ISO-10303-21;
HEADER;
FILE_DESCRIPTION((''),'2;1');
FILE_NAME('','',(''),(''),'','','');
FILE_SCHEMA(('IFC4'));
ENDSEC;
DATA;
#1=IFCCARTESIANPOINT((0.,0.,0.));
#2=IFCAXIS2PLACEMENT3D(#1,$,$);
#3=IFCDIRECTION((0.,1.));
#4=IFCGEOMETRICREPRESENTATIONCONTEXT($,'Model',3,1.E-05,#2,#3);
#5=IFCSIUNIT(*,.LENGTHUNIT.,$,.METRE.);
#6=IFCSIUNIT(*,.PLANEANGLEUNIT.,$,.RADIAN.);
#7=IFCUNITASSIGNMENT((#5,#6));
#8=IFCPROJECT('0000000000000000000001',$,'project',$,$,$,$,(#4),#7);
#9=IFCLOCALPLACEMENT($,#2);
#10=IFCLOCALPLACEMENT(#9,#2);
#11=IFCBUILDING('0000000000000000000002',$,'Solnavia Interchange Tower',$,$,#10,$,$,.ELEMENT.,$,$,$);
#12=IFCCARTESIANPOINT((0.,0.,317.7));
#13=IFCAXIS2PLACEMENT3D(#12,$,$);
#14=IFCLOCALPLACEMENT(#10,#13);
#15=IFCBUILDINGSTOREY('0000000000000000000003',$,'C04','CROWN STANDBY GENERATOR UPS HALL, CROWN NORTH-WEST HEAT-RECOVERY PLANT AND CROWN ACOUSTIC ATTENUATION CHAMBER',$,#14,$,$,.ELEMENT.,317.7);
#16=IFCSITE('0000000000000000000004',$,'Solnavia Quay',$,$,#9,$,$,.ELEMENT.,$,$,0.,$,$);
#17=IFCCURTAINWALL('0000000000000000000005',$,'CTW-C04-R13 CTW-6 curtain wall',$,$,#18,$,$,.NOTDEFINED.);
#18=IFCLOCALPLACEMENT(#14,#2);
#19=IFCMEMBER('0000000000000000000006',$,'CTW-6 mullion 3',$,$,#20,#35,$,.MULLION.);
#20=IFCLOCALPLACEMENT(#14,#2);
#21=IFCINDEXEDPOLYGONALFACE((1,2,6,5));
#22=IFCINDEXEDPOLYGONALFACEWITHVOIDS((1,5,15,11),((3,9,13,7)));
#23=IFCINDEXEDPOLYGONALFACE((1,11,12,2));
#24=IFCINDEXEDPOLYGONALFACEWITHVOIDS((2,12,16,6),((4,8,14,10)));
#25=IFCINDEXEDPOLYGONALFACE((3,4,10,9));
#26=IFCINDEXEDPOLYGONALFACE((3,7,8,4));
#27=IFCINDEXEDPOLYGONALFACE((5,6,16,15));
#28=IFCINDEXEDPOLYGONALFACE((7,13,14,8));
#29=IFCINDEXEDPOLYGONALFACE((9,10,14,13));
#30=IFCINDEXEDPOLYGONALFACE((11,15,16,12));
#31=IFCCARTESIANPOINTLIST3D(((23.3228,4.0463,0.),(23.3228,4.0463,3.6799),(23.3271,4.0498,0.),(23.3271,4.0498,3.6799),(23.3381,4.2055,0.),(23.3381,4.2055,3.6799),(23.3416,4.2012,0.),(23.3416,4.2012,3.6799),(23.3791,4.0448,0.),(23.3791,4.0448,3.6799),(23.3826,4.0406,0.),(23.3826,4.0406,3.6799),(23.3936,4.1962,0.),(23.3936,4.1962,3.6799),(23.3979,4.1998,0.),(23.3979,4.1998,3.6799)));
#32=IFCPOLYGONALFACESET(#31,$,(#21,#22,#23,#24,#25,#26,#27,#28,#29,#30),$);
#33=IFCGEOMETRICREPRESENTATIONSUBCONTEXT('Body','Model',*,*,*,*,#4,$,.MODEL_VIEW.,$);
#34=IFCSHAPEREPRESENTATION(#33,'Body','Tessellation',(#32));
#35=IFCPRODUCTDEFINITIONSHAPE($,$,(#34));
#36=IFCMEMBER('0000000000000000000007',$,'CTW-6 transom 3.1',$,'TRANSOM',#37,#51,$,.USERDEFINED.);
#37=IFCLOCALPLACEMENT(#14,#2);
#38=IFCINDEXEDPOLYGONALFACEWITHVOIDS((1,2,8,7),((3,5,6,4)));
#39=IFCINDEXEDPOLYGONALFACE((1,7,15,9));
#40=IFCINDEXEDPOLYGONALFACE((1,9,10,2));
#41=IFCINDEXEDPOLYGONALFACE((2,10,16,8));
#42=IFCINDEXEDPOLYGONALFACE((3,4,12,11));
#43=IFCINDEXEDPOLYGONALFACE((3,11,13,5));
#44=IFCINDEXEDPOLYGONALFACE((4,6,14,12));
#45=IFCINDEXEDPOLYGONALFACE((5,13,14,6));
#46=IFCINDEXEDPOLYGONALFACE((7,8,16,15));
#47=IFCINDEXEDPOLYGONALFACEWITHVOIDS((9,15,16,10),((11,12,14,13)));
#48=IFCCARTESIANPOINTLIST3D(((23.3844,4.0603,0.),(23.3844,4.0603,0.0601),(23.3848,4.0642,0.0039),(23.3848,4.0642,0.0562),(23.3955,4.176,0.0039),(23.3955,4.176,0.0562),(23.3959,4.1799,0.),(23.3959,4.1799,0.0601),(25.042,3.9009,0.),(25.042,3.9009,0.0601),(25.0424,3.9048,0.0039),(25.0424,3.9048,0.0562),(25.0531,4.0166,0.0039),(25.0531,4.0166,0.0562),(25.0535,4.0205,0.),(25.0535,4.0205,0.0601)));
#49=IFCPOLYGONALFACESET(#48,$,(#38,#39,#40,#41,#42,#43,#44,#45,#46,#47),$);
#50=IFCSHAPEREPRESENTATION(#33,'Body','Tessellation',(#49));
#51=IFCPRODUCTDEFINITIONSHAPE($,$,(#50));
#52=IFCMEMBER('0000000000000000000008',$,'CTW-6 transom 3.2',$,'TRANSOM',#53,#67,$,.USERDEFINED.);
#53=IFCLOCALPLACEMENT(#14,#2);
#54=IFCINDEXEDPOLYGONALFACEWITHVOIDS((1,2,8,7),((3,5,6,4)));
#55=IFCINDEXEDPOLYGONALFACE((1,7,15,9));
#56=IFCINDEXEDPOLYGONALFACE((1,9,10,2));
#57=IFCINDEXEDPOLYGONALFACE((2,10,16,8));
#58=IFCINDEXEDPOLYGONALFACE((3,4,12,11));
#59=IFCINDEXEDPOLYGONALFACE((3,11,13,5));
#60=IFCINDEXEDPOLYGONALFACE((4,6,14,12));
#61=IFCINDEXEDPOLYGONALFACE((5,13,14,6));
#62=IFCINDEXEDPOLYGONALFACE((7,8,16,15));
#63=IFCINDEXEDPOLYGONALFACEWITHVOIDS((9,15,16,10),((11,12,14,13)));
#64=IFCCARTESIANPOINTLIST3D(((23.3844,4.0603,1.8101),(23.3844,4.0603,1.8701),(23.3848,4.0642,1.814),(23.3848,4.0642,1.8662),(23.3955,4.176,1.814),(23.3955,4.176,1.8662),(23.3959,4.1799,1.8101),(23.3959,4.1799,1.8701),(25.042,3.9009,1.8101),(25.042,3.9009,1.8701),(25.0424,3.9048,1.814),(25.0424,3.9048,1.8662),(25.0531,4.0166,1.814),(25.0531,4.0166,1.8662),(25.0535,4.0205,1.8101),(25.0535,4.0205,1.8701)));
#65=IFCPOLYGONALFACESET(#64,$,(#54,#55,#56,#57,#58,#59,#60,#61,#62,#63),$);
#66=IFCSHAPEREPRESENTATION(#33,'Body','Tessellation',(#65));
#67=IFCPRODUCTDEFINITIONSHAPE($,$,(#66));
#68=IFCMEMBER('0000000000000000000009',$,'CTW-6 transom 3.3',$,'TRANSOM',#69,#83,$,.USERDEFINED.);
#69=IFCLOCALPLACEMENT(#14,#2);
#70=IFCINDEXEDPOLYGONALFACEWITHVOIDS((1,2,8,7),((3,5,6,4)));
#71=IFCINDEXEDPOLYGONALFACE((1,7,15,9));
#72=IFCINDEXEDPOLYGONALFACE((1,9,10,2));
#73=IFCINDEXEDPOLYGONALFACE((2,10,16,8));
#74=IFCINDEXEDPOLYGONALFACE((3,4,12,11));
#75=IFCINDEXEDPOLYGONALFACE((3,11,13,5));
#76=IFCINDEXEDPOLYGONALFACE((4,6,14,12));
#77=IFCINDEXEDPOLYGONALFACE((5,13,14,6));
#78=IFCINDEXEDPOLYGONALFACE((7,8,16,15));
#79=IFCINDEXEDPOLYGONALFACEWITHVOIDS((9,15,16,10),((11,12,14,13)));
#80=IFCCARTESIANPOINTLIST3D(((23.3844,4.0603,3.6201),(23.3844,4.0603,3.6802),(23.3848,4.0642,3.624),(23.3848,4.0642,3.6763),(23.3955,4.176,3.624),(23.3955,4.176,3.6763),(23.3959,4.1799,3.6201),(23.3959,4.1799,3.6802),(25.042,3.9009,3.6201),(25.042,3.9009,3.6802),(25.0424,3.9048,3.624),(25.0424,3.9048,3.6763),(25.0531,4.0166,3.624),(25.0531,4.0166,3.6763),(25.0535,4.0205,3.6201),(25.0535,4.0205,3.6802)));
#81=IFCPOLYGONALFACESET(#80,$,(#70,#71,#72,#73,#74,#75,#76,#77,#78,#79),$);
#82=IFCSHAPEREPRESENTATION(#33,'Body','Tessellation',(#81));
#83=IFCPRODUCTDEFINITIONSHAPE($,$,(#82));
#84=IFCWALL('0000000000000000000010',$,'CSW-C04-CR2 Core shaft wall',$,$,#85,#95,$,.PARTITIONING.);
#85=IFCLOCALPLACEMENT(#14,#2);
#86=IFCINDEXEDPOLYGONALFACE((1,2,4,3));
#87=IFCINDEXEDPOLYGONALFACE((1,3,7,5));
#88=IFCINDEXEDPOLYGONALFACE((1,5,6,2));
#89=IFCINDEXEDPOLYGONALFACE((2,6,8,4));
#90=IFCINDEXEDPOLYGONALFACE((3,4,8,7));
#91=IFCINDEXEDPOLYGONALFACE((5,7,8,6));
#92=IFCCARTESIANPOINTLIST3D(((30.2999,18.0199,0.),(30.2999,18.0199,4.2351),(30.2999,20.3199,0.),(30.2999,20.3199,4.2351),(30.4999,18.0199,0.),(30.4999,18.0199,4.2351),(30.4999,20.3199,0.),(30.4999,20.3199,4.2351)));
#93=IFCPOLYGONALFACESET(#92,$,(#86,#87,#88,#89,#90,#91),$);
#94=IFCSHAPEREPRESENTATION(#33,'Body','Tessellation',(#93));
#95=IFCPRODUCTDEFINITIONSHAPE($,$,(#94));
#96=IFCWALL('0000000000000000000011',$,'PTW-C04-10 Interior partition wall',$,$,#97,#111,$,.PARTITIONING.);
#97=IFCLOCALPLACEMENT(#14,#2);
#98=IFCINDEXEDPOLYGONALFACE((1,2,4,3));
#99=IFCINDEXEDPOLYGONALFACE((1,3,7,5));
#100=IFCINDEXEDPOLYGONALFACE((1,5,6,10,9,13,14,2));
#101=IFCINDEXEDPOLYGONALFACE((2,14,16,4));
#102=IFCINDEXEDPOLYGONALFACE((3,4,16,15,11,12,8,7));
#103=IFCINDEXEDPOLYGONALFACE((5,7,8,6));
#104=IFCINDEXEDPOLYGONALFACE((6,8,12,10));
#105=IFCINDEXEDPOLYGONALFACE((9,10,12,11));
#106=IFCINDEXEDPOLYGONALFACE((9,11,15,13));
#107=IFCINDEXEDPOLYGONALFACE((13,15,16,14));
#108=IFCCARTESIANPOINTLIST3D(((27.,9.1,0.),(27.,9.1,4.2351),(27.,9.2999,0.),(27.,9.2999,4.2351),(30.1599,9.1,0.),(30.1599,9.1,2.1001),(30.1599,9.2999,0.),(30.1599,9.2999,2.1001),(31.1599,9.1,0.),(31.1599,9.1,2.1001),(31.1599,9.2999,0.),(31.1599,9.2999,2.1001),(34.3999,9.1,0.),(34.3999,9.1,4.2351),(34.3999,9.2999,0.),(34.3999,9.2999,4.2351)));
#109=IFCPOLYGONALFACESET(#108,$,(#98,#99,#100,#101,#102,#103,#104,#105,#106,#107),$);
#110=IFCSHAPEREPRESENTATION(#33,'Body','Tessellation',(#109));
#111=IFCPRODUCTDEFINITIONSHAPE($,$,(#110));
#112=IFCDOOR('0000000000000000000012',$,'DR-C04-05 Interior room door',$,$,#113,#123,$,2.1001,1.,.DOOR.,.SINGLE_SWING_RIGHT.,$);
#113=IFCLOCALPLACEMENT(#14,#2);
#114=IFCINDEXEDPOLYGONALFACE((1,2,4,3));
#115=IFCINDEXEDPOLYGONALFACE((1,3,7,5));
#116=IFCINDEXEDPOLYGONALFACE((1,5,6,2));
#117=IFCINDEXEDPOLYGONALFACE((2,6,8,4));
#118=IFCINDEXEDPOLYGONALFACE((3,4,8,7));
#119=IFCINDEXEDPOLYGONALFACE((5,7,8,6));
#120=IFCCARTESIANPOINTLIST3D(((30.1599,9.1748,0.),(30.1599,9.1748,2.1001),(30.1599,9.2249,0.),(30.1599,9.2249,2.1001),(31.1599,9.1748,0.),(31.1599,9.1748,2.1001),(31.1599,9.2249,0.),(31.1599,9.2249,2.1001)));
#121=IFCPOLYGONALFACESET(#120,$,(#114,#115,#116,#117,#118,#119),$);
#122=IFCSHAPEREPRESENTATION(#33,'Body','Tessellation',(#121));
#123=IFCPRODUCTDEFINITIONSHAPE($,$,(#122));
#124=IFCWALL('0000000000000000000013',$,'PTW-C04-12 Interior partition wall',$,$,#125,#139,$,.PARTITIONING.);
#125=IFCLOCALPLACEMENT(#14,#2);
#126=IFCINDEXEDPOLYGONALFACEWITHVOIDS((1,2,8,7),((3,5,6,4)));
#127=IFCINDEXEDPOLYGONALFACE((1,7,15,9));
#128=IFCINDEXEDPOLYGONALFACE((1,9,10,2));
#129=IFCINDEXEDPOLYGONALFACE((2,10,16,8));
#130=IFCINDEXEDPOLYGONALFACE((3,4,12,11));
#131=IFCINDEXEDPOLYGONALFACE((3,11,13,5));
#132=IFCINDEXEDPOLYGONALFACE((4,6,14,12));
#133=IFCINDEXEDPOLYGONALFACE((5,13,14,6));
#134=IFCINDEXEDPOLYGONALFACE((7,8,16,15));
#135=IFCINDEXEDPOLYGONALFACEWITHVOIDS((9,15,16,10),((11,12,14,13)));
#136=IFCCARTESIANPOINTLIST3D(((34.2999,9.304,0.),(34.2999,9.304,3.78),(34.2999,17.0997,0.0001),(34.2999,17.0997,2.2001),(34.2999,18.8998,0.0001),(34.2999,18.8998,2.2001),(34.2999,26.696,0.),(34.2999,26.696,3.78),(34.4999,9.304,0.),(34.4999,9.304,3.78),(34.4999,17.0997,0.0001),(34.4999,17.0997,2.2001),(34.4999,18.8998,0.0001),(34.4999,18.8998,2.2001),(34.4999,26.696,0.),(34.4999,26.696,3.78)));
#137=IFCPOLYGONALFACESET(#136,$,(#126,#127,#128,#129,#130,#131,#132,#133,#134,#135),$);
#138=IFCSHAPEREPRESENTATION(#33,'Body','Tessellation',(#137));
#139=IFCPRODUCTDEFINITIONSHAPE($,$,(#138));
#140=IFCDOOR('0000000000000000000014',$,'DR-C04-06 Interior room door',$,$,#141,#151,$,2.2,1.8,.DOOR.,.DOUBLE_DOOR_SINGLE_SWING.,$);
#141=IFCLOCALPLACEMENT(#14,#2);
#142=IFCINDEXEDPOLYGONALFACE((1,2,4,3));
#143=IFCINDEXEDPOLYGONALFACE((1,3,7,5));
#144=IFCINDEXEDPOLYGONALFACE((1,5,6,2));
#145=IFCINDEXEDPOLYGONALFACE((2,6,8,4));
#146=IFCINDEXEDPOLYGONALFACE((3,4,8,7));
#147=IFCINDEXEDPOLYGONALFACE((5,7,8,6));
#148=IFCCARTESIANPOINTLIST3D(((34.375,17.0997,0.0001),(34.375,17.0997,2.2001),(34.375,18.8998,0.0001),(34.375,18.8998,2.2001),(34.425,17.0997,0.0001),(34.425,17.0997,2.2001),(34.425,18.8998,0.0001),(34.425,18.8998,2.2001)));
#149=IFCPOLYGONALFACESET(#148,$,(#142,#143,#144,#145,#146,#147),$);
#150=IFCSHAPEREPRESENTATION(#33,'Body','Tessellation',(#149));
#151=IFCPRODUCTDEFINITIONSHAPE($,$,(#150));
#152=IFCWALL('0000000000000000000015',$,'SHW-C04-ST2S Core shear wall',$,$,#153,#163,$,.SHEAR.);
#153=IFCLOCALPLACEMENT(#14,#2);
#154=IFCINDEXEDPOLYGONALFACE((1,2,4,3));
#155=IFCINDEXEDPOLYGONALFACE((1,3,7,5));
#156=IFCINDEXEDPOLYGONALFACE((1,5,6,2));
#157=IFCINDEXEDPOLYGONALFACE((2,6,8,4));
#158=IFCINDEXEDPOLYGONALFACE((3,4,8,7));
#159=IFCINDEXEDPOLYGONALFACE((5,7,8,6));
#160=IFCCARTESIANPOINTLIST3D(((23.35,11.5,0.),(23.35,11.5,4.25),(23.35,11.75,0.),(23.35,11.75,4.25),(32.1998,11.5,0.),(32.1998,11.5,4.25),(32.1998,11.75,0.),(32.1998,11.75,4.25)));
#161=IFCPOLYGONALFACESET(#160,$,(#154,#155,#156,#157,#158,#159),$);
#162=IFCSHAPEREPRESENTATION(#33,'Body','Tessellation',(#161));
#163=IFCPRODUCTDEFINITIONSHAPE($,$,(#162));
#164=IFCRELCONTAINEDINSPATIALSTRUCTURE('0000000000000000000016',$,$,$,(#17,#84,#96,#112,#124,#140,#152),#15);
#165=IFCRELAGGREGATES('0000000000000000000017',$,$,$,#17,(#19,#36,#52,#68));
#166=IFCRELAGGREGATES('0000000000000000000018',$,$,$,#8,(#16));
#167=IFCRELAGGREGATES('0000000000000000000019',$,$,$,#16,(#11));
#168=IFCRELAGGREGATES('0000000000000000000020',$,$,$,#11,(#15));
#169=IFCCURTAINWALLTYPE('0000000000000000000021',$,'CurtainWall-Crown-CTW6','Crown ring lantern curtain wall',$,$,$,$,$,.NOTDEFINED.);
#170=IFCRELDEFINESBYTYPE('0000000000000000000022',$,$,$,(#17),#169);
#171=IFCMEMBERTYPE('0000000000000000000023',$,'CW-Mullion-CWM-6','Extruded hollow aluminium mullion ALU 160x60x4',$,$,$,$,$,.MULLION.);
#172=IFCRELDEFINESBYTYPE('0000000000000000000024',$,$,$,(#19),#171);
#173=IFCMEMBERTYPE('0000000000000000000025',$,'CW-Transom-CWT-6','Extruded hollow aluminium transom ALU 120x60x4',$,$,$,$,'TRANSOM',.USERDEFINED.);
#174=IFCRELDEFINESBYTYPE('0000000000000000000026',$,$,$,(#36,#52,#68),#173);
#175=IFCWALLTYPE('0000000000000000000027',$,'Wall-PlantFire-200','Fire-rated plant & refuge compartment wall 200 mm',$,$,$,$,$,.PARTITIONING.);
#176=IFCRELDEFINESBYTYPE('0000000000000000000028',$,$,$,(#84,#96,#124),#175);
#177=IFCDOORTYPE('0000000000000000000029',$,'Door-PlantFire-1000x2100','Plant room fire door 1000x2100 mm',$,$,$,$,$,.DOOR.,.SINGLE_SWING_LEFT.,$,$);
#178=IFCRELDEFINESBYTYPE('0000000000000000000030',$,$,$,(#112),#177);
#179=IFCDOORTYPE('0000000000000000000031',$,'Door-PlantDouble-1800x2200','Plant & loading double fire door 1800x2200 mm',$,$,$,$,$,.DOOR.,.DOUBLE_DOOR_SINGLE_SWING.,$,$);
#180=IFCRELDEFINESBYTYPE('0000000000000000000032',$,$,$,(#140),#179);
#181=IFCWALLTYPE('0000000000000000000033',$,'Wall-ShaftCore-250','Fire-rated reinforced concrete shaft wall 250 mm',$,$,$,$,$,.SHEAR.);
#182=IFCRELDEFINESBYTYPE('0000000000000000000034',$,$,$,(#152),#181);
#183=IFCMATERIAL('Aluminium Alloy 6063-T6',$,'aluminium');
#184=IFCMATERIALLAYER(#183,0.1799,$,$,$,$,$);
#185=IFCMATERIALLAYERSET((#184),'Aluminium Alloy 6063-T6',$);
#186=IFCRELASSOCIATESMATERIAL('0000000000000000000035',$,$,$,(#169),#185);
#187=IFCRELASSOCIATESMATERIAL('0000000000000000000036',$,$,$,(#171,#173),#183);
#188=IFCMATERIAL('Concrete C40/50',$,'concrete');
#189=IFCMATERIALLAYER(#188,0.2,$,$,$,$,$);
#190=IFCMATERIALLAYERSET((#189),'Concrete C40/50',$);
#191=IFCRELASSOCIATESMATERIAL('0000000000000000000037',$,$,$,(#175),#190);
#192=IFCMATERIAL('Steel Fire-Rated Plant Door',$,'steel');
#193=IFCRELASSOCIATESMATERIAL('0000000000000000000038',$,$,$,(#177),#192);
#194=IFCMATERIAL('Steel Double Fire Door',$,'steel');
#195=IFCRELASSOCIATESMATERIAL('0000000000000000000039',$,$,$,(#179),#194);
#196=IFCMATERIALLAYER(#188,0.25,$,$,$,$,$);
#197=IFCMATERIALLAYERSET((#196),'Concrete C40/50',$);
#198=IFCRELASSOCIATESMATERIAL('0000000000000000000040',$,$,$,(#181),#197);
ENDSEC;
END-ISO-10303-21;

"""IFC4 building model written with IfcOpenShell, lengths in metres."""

from ifc_helpers import new_model, si_unit, direction, frame, frame_2d, origin, origin_2d, place, context, subcontext, project, spatial, rectangle, hollow_rectangle, extrude, material, layer, layer_set, material_profile, profile_set, type_object, element, fill, aggregate, save


model = new_model("IFC4")

# Units and contexts
model_context = context("Model", 3, precision=1e-05, world=origin(), true_north=direction((0.0, 1.0)))
body_context = subcontext(model_context, "Body", "Model", "MODEL_VIEW")
ifc_project = project(units=[si_unit("LENGTHUNIT", "METRE"), si_unit("PLANEANGLEUNIT", "RADIAN")], contexts=[model_context])

# Site, building, storey
site_placement = place(None, origin())
site = spatial("IfcSite", under=ifc_project, at=site_placement, Name="Solnavia Quay", CompositionType="ELEMENT", RefElevation=0.0)
building_placement = place(site_placement, origin())
building = spatial("IfcBuilding", under=site, at=building_placement, Name="Solnavia Interchange Tower", CompositionType="ELEMENT")
storey_placement = place(building_placement, frame((0.0, 0.0, 317.7)))
storey = spatial("IfcBuildingStorey", under=building, at=storey_placement, Name="C04", Description="CROWN STANDBY GENERATOR UPS HALL, CROWN NORTH-WEST HEAT-RECOVERY PLANT AND CROWN ACOUSTIC ATTENUATION CHAMBER", CompositionType="ELEMENT", Elevation=317.7)

# Curtain wall, members
ifc_material_1 = material(Name="Aluminium Alloy 6063-T6", Category="aluminium")
ifc_layer_1 = layer(ifc_material_1, 0.1799)
ifc_layer_set_1 = layer_set([ifc_layer_1], Name="Aluminium Alloy 6063-T6")
curtain_wall_type = type_object("IfcCurtainWallType", Name="CurtainWall-Crown-CTW6", Description="Crown ring lantern curtain wall", PredefinedType="NOTDEFINED", material=ifc_layer_set_1)
curtain_wall_placement = place(storey_placement, origin())
curtain_wall = element("IfcCurtainWall", 1, at=curtain_wall_placement, inside=storey, type_object=curtain_wall_type, Name="CTW-C04-R13 CTW-6 curtain wall", PredefinedType="NOTDEFINED")
ifc_material_profile_1 = material_profile(ifc_material_1, hollow_rectangle(XDim=0.0601, YDim=0.1599, WallThickness=0.0039, at=origin_2d()), Name="ALU 160x60x4")
ifc_profile_set_1 = profile_set([ifc_material_profile_1], Name="Aluminium Alloy 6063-T6")
member_type_1 = type_object("IfcMemberType", Name="CW-Mullion-CWM-6", Description="Extruded hollow aluminium mullion ALU 160x60x4", PredefinedType="MULLION", material=ifc_profile_set_1)
member_1_placement = place(storey_placement, frame((23.3604, 4.123, 0.0), z_axis=(0.0, 0.0, 1.0), x_axis=(0.995408, -0.09572, 0.0)))
member_1 = element("IfcMember", 2, at=member_1_placement, type_object=member_type_1, Name="CTW-6 mullion 3", PredefinedType="MULLION", context=body_context, shape_type="SweptSolid", body=[
    extrude(hollow_rectangle(XDim=0.0601, YDim=0.1599, WallThickness=0.0039, at=origin_2d()), origin(), (0.0, 0.0, 1.0), 3.6799),
])
ifc_material_profile_2 = material_profile(ifc_material_1, hollow_rectangle(XDim=0.0601, YDim=0.1201, WallThickness=0.0039, at=origin_2d()), Name="ALU 120x60x4")
ifc_profile_set_2 = profile_set([ifc_material_profile_2], Name="Aluminium Alloy 6063-T6")
member_type_2 = type_object("IfcMemberType", Name="CW-Transom-CWT-6", Description="Extruded hollow aluminium transom ALU 120x60x4", ElementType="TRANSOM", PredefinedType="USERDEFINED", material=ifc_profile_set_2)
member_2_placement = place(storey_placement, frame((23.3901, 4.1201, 0.03), z_axis=(0.995407, -0.095729, 0.0), x_axis=(0.0, 0.0, 1.0)))
member_2 = element("IfcMember", 3, at=member_2_placement, type_object=member_type_2, Name="CTW-6 transom 3.1", ObjectType="TRANSOM", PredefinedType="USERDEFINED", context=body_context, shape_type="SweptSolid", body=[
    extrude(hollow_rectangle(XDim=0.0601, YDim=0.1201, WallThickness=0.0039, at=origin_2d()), origin(), (0.0, 0.0, 1.0), 1.6653),
])
member_3_placement = place(storey_placement, frame((23.3901, 4.1201, 1.8401), z_axis=(0.995407, -0.095729, 0.0), x_axis=(0.0, 0.0, 1.0)))
member_3 = element("IfcMember", 4, at=member_3_placement, type_object=member_type_2, Name="CTW-6 transom 3.2", ObjectType="TRANSOM", PredefinedType="USERDEFINED", context=body_context, shape_type="SweptSolid", body=[
    extrude(hollow_rectangle(XDim=0.0601, YDim=0.1201, WallThickness=0.0039, at=origin_2d()), origin(), (0.0, 0.0, 1.0), 1.6653),
])
member_4_placement = place(storey_placement, frame((23.3901, 4.1201, 3.6501), z_axis=(0.995407, -0.095729, 0.0), x_axis=(0.0, 0.0, 1.0)))
member_4 = element("IfcMember", 5, at=member_4_placement, type_object=member_type_2, Name="CTW-6 transom 3.3", ObjectType="TRANSOM", PredefinedType="USERDEFINED", context=body_context, shape_type="SweptSolid", body=[
    extrude(hollow_rectangle(XDim=0.0601, YDim=0.1201, WallThickness=0.0039, at=origin_2d()), origin(), (0.0, 0.0, 1.0), 1.6653),
])
aggregate(curtain_wall, [member_1, member_2, member_3, member_4])

# Wall
ifc_material_2 = material(Name="Concrete C40/50", Category="concrete")
ifc_layer_2 = layer(ifc_material_2, 0.2)
ifc_layer_set_2 = layer_set([ifc_layer_2], Name="Concrete C40/50")
wall_type_1 = type_object("IfcWallType", Name="Wall-PlantFire-200", Description="Fire-rated plant & refuge compartment wall 200 mm", PredefinedType="PARTITIONING", material=ifc_layer_set_2)
wall_1_placement = place(storey_placement, frame((30.3999, 18.02, 0.0), z_axis=(0.0, 0.0, 1.0), x_axis=(0.0, 1.0, 0.0)))
element("IfcWall", 6, at=wall_1_placement, inside=storey, type_object=wall_type_1, Name="CSW-C04-CR2 Core shaft wall", PredefinedType="PARTITIONING", context=body_context, shape_type="SweptSolid", body=[
    extrude(rectangle(XDim=2.3, YDim=0.2, at=frame_2d((1.1499, 0.0))), origin(), (0.0, 0.0, 1.0), 4.2351),
])

# Walls, openings, doors
wall_2_placement = place(storey_placement, frame((27.0, 9.2, 0.0), z_axis=(0.0, 0.0, 1.0), x_axis=(1.0, 0.0, 0.0)))
wall_2 = element("IfcWall", 7, at=wall_2_placement, inside=storey, type_object=wall_type_1, Name="PTW-C04-10 Interior partition wall", PredefinedType="PARTITIONING", context=body_context, shape_type="SweptSolid", body=[
    extrude(rectangle(XDim=7.3999, YDim=0.2, at=frame_2d((3.7, 0.0))), origin(), (0.0, 0.0, 1.0), 4.2351),
])
opening_1_placement = place(wall_2_placement, frame((3.1599, 0.0, 0.0)))
opening_1 = element("IfcOpeningElement", 8, at=opening_1_placement, cuts=wall_2, PredefinedType="OPENING", context=body_context, shape_type="SweptSolid", body=[
    extrude(rectangle(XDim=1.0, YDim=2.1001, at=frame_2d((0.5, 1.05))), frame((0.0, 0.1099, 0.0), z_axis=(0.0, -1.0, 0.0), x_axis=(1.0, 0.0, 0.0)), (0.0, 0.0, 1.0), 0.22),
])
ifc_material_3 = material(Name="Steel Fire-Rated Plant Door", Category="steel")
door_type_1 = type_object("IfcDoorType", Name="Door-PlantFire-1000x2100", Description="Plant room fire door 1000x2100 mm", OperationType="SINGLE_SWING_LEFT", PredefinedType="DOOR", material=ifc_material_3)
door_1_placement = place(opening_1_placement, origin())
door_1 = element("IfcDoor", 9, at=door_1_placement, inside=storey, type_object=door_type_1, Name="DR-C04-05 Interior room door", OperationType="SINGLE_SWING_RIGHT", OverallHeight=2.1001, OverallWidth=1.0, PredefinedType="DOOR", context=body_context, shape_type="SweptSolid", body=[
    extrude(rectangle(XDim=1.0, YDim=2.1001, at=frame_2d((0.5, 1.05))), frame((0.0, 0.0249, 0.0), z_axis=(0.0, -1.0, 0.0), x_axis=(1.0, 0.0, 0.0)), (0.0, 0.0, 1.0), 0.05),
])
fill(opening_1, door_1)
wall_3_placement = place(storey_placement, frame((34.3999, 9.304, 0.0), z_axis=(0.0, 0.0, 1.0), x_axis=(0.0, 1.0, 0.0)))
wall_3 = element("IfcWall", 10, at=wall_3_placement, inside=storey, type_object=wall_type_1, Name="PTW-C04-12 Interior partition wall", PredefinedType="PARTITIONING", context=body_context, shape_type="SweptSolid", body=[
    extrude(rectangle(XDim=17.3921, YDim=0.2, at=frame_2d((8.696, 0.0))), origin(), (0.0, 0.0, 1.0), 3.78),
])
opening_2_placement = place(wall_3_placement, frame((7.7959, 0.0, 0.0)))
opening_2 = element("IfcOpeningElement", 11, at=opening_2_placement, cuts=wall_3, PredefinedType="OPENING", context=body_context, shape_type="SweptSolid", body=[
    extrude(rectangle(XDim=1.8, YDim=2.2, at=frame_2d((0.8999, 1.1001))), frame((0.0, 0.1099, 0.0), z_axis=(0.0, -1.0, 0.0), x_axis=(1.0, 0.0, 0.0)), (0.0, 0.0, 1.0), 0.22),
])
ifc_material_4 = material(Name="Steel Double Fire Door", Category="steel")
door_type_2 = type_object("IfcDoorType", Name="Door-PlantDouble-1800x2200", Description="Plant & loading double fire door 1800x2200 mm", OperationType="DOUBLE_DOOR_SINGLE_SWING", PredefinedType="DOOR", material=ifc_material_4)
door_2_placement = place(opening_2_placement, origin())
door_2 = element("IfcDoor", 12, at=door_2_placement, inside=storey, type_object=door_type_2, Name="DR-C04-06 Interior room door", OperationType="DOUBLE_DOOR_SINGLE_SWING", OverallHeight=2.2, OverallWidth=1.8, PredefinedType="DOOR", context=body_context, shape_type="SweptSolid", body=[
    extrude(rectangle(XDim=1.8, YDim=2.2, at=frame_2d((0.8999, 1.1001))), frame((0.0, 0.0249, 0.0), z_axis=(0.0, -1.0, 0.0), x_axis=(1.0, 0.0, 0.0)), (0.0, 0.0, 1.0), 0.05),
])
fill(opening_2, door_2)

# Wall
ifc_layer_3 = layer(ifc_material_2, 0.25)
ifc_layer_set_3 = layer_set([ifc_layer_3], Name="Concrete C40/50")
wall_type_2 = type_object("IfcWallType", Name="Wall-ShaftCore-250", Description="Fire-rated reinforced concrete shaft wall 250 mm", PredefinedType="SHEAR", material=ifc_layer_set_3)
wall_4_placement = place(storey_placement, frame((23.3501, 11.625, 0.0), z_axis=(0.0, 0.0, 1.0), x_axis=(1.0, 0.0, 0.0)))
element("IfcWall", 13, at=wall_4_placement, inside=storey, type_object=wall_type_2, Name="SHW-C04-ST2S Core shear wall", PredefinedType="SHEAR", context=body_context, shape_type="SweptSolid", body=[
    extrude(rectangle(XDim=8.8499, YDim=0.25, at=frame_2d((4.4248, 0.0))), origin(), (0.0, 0.0, 1.0), 4.25),
])

save(model, "model.ifc")
